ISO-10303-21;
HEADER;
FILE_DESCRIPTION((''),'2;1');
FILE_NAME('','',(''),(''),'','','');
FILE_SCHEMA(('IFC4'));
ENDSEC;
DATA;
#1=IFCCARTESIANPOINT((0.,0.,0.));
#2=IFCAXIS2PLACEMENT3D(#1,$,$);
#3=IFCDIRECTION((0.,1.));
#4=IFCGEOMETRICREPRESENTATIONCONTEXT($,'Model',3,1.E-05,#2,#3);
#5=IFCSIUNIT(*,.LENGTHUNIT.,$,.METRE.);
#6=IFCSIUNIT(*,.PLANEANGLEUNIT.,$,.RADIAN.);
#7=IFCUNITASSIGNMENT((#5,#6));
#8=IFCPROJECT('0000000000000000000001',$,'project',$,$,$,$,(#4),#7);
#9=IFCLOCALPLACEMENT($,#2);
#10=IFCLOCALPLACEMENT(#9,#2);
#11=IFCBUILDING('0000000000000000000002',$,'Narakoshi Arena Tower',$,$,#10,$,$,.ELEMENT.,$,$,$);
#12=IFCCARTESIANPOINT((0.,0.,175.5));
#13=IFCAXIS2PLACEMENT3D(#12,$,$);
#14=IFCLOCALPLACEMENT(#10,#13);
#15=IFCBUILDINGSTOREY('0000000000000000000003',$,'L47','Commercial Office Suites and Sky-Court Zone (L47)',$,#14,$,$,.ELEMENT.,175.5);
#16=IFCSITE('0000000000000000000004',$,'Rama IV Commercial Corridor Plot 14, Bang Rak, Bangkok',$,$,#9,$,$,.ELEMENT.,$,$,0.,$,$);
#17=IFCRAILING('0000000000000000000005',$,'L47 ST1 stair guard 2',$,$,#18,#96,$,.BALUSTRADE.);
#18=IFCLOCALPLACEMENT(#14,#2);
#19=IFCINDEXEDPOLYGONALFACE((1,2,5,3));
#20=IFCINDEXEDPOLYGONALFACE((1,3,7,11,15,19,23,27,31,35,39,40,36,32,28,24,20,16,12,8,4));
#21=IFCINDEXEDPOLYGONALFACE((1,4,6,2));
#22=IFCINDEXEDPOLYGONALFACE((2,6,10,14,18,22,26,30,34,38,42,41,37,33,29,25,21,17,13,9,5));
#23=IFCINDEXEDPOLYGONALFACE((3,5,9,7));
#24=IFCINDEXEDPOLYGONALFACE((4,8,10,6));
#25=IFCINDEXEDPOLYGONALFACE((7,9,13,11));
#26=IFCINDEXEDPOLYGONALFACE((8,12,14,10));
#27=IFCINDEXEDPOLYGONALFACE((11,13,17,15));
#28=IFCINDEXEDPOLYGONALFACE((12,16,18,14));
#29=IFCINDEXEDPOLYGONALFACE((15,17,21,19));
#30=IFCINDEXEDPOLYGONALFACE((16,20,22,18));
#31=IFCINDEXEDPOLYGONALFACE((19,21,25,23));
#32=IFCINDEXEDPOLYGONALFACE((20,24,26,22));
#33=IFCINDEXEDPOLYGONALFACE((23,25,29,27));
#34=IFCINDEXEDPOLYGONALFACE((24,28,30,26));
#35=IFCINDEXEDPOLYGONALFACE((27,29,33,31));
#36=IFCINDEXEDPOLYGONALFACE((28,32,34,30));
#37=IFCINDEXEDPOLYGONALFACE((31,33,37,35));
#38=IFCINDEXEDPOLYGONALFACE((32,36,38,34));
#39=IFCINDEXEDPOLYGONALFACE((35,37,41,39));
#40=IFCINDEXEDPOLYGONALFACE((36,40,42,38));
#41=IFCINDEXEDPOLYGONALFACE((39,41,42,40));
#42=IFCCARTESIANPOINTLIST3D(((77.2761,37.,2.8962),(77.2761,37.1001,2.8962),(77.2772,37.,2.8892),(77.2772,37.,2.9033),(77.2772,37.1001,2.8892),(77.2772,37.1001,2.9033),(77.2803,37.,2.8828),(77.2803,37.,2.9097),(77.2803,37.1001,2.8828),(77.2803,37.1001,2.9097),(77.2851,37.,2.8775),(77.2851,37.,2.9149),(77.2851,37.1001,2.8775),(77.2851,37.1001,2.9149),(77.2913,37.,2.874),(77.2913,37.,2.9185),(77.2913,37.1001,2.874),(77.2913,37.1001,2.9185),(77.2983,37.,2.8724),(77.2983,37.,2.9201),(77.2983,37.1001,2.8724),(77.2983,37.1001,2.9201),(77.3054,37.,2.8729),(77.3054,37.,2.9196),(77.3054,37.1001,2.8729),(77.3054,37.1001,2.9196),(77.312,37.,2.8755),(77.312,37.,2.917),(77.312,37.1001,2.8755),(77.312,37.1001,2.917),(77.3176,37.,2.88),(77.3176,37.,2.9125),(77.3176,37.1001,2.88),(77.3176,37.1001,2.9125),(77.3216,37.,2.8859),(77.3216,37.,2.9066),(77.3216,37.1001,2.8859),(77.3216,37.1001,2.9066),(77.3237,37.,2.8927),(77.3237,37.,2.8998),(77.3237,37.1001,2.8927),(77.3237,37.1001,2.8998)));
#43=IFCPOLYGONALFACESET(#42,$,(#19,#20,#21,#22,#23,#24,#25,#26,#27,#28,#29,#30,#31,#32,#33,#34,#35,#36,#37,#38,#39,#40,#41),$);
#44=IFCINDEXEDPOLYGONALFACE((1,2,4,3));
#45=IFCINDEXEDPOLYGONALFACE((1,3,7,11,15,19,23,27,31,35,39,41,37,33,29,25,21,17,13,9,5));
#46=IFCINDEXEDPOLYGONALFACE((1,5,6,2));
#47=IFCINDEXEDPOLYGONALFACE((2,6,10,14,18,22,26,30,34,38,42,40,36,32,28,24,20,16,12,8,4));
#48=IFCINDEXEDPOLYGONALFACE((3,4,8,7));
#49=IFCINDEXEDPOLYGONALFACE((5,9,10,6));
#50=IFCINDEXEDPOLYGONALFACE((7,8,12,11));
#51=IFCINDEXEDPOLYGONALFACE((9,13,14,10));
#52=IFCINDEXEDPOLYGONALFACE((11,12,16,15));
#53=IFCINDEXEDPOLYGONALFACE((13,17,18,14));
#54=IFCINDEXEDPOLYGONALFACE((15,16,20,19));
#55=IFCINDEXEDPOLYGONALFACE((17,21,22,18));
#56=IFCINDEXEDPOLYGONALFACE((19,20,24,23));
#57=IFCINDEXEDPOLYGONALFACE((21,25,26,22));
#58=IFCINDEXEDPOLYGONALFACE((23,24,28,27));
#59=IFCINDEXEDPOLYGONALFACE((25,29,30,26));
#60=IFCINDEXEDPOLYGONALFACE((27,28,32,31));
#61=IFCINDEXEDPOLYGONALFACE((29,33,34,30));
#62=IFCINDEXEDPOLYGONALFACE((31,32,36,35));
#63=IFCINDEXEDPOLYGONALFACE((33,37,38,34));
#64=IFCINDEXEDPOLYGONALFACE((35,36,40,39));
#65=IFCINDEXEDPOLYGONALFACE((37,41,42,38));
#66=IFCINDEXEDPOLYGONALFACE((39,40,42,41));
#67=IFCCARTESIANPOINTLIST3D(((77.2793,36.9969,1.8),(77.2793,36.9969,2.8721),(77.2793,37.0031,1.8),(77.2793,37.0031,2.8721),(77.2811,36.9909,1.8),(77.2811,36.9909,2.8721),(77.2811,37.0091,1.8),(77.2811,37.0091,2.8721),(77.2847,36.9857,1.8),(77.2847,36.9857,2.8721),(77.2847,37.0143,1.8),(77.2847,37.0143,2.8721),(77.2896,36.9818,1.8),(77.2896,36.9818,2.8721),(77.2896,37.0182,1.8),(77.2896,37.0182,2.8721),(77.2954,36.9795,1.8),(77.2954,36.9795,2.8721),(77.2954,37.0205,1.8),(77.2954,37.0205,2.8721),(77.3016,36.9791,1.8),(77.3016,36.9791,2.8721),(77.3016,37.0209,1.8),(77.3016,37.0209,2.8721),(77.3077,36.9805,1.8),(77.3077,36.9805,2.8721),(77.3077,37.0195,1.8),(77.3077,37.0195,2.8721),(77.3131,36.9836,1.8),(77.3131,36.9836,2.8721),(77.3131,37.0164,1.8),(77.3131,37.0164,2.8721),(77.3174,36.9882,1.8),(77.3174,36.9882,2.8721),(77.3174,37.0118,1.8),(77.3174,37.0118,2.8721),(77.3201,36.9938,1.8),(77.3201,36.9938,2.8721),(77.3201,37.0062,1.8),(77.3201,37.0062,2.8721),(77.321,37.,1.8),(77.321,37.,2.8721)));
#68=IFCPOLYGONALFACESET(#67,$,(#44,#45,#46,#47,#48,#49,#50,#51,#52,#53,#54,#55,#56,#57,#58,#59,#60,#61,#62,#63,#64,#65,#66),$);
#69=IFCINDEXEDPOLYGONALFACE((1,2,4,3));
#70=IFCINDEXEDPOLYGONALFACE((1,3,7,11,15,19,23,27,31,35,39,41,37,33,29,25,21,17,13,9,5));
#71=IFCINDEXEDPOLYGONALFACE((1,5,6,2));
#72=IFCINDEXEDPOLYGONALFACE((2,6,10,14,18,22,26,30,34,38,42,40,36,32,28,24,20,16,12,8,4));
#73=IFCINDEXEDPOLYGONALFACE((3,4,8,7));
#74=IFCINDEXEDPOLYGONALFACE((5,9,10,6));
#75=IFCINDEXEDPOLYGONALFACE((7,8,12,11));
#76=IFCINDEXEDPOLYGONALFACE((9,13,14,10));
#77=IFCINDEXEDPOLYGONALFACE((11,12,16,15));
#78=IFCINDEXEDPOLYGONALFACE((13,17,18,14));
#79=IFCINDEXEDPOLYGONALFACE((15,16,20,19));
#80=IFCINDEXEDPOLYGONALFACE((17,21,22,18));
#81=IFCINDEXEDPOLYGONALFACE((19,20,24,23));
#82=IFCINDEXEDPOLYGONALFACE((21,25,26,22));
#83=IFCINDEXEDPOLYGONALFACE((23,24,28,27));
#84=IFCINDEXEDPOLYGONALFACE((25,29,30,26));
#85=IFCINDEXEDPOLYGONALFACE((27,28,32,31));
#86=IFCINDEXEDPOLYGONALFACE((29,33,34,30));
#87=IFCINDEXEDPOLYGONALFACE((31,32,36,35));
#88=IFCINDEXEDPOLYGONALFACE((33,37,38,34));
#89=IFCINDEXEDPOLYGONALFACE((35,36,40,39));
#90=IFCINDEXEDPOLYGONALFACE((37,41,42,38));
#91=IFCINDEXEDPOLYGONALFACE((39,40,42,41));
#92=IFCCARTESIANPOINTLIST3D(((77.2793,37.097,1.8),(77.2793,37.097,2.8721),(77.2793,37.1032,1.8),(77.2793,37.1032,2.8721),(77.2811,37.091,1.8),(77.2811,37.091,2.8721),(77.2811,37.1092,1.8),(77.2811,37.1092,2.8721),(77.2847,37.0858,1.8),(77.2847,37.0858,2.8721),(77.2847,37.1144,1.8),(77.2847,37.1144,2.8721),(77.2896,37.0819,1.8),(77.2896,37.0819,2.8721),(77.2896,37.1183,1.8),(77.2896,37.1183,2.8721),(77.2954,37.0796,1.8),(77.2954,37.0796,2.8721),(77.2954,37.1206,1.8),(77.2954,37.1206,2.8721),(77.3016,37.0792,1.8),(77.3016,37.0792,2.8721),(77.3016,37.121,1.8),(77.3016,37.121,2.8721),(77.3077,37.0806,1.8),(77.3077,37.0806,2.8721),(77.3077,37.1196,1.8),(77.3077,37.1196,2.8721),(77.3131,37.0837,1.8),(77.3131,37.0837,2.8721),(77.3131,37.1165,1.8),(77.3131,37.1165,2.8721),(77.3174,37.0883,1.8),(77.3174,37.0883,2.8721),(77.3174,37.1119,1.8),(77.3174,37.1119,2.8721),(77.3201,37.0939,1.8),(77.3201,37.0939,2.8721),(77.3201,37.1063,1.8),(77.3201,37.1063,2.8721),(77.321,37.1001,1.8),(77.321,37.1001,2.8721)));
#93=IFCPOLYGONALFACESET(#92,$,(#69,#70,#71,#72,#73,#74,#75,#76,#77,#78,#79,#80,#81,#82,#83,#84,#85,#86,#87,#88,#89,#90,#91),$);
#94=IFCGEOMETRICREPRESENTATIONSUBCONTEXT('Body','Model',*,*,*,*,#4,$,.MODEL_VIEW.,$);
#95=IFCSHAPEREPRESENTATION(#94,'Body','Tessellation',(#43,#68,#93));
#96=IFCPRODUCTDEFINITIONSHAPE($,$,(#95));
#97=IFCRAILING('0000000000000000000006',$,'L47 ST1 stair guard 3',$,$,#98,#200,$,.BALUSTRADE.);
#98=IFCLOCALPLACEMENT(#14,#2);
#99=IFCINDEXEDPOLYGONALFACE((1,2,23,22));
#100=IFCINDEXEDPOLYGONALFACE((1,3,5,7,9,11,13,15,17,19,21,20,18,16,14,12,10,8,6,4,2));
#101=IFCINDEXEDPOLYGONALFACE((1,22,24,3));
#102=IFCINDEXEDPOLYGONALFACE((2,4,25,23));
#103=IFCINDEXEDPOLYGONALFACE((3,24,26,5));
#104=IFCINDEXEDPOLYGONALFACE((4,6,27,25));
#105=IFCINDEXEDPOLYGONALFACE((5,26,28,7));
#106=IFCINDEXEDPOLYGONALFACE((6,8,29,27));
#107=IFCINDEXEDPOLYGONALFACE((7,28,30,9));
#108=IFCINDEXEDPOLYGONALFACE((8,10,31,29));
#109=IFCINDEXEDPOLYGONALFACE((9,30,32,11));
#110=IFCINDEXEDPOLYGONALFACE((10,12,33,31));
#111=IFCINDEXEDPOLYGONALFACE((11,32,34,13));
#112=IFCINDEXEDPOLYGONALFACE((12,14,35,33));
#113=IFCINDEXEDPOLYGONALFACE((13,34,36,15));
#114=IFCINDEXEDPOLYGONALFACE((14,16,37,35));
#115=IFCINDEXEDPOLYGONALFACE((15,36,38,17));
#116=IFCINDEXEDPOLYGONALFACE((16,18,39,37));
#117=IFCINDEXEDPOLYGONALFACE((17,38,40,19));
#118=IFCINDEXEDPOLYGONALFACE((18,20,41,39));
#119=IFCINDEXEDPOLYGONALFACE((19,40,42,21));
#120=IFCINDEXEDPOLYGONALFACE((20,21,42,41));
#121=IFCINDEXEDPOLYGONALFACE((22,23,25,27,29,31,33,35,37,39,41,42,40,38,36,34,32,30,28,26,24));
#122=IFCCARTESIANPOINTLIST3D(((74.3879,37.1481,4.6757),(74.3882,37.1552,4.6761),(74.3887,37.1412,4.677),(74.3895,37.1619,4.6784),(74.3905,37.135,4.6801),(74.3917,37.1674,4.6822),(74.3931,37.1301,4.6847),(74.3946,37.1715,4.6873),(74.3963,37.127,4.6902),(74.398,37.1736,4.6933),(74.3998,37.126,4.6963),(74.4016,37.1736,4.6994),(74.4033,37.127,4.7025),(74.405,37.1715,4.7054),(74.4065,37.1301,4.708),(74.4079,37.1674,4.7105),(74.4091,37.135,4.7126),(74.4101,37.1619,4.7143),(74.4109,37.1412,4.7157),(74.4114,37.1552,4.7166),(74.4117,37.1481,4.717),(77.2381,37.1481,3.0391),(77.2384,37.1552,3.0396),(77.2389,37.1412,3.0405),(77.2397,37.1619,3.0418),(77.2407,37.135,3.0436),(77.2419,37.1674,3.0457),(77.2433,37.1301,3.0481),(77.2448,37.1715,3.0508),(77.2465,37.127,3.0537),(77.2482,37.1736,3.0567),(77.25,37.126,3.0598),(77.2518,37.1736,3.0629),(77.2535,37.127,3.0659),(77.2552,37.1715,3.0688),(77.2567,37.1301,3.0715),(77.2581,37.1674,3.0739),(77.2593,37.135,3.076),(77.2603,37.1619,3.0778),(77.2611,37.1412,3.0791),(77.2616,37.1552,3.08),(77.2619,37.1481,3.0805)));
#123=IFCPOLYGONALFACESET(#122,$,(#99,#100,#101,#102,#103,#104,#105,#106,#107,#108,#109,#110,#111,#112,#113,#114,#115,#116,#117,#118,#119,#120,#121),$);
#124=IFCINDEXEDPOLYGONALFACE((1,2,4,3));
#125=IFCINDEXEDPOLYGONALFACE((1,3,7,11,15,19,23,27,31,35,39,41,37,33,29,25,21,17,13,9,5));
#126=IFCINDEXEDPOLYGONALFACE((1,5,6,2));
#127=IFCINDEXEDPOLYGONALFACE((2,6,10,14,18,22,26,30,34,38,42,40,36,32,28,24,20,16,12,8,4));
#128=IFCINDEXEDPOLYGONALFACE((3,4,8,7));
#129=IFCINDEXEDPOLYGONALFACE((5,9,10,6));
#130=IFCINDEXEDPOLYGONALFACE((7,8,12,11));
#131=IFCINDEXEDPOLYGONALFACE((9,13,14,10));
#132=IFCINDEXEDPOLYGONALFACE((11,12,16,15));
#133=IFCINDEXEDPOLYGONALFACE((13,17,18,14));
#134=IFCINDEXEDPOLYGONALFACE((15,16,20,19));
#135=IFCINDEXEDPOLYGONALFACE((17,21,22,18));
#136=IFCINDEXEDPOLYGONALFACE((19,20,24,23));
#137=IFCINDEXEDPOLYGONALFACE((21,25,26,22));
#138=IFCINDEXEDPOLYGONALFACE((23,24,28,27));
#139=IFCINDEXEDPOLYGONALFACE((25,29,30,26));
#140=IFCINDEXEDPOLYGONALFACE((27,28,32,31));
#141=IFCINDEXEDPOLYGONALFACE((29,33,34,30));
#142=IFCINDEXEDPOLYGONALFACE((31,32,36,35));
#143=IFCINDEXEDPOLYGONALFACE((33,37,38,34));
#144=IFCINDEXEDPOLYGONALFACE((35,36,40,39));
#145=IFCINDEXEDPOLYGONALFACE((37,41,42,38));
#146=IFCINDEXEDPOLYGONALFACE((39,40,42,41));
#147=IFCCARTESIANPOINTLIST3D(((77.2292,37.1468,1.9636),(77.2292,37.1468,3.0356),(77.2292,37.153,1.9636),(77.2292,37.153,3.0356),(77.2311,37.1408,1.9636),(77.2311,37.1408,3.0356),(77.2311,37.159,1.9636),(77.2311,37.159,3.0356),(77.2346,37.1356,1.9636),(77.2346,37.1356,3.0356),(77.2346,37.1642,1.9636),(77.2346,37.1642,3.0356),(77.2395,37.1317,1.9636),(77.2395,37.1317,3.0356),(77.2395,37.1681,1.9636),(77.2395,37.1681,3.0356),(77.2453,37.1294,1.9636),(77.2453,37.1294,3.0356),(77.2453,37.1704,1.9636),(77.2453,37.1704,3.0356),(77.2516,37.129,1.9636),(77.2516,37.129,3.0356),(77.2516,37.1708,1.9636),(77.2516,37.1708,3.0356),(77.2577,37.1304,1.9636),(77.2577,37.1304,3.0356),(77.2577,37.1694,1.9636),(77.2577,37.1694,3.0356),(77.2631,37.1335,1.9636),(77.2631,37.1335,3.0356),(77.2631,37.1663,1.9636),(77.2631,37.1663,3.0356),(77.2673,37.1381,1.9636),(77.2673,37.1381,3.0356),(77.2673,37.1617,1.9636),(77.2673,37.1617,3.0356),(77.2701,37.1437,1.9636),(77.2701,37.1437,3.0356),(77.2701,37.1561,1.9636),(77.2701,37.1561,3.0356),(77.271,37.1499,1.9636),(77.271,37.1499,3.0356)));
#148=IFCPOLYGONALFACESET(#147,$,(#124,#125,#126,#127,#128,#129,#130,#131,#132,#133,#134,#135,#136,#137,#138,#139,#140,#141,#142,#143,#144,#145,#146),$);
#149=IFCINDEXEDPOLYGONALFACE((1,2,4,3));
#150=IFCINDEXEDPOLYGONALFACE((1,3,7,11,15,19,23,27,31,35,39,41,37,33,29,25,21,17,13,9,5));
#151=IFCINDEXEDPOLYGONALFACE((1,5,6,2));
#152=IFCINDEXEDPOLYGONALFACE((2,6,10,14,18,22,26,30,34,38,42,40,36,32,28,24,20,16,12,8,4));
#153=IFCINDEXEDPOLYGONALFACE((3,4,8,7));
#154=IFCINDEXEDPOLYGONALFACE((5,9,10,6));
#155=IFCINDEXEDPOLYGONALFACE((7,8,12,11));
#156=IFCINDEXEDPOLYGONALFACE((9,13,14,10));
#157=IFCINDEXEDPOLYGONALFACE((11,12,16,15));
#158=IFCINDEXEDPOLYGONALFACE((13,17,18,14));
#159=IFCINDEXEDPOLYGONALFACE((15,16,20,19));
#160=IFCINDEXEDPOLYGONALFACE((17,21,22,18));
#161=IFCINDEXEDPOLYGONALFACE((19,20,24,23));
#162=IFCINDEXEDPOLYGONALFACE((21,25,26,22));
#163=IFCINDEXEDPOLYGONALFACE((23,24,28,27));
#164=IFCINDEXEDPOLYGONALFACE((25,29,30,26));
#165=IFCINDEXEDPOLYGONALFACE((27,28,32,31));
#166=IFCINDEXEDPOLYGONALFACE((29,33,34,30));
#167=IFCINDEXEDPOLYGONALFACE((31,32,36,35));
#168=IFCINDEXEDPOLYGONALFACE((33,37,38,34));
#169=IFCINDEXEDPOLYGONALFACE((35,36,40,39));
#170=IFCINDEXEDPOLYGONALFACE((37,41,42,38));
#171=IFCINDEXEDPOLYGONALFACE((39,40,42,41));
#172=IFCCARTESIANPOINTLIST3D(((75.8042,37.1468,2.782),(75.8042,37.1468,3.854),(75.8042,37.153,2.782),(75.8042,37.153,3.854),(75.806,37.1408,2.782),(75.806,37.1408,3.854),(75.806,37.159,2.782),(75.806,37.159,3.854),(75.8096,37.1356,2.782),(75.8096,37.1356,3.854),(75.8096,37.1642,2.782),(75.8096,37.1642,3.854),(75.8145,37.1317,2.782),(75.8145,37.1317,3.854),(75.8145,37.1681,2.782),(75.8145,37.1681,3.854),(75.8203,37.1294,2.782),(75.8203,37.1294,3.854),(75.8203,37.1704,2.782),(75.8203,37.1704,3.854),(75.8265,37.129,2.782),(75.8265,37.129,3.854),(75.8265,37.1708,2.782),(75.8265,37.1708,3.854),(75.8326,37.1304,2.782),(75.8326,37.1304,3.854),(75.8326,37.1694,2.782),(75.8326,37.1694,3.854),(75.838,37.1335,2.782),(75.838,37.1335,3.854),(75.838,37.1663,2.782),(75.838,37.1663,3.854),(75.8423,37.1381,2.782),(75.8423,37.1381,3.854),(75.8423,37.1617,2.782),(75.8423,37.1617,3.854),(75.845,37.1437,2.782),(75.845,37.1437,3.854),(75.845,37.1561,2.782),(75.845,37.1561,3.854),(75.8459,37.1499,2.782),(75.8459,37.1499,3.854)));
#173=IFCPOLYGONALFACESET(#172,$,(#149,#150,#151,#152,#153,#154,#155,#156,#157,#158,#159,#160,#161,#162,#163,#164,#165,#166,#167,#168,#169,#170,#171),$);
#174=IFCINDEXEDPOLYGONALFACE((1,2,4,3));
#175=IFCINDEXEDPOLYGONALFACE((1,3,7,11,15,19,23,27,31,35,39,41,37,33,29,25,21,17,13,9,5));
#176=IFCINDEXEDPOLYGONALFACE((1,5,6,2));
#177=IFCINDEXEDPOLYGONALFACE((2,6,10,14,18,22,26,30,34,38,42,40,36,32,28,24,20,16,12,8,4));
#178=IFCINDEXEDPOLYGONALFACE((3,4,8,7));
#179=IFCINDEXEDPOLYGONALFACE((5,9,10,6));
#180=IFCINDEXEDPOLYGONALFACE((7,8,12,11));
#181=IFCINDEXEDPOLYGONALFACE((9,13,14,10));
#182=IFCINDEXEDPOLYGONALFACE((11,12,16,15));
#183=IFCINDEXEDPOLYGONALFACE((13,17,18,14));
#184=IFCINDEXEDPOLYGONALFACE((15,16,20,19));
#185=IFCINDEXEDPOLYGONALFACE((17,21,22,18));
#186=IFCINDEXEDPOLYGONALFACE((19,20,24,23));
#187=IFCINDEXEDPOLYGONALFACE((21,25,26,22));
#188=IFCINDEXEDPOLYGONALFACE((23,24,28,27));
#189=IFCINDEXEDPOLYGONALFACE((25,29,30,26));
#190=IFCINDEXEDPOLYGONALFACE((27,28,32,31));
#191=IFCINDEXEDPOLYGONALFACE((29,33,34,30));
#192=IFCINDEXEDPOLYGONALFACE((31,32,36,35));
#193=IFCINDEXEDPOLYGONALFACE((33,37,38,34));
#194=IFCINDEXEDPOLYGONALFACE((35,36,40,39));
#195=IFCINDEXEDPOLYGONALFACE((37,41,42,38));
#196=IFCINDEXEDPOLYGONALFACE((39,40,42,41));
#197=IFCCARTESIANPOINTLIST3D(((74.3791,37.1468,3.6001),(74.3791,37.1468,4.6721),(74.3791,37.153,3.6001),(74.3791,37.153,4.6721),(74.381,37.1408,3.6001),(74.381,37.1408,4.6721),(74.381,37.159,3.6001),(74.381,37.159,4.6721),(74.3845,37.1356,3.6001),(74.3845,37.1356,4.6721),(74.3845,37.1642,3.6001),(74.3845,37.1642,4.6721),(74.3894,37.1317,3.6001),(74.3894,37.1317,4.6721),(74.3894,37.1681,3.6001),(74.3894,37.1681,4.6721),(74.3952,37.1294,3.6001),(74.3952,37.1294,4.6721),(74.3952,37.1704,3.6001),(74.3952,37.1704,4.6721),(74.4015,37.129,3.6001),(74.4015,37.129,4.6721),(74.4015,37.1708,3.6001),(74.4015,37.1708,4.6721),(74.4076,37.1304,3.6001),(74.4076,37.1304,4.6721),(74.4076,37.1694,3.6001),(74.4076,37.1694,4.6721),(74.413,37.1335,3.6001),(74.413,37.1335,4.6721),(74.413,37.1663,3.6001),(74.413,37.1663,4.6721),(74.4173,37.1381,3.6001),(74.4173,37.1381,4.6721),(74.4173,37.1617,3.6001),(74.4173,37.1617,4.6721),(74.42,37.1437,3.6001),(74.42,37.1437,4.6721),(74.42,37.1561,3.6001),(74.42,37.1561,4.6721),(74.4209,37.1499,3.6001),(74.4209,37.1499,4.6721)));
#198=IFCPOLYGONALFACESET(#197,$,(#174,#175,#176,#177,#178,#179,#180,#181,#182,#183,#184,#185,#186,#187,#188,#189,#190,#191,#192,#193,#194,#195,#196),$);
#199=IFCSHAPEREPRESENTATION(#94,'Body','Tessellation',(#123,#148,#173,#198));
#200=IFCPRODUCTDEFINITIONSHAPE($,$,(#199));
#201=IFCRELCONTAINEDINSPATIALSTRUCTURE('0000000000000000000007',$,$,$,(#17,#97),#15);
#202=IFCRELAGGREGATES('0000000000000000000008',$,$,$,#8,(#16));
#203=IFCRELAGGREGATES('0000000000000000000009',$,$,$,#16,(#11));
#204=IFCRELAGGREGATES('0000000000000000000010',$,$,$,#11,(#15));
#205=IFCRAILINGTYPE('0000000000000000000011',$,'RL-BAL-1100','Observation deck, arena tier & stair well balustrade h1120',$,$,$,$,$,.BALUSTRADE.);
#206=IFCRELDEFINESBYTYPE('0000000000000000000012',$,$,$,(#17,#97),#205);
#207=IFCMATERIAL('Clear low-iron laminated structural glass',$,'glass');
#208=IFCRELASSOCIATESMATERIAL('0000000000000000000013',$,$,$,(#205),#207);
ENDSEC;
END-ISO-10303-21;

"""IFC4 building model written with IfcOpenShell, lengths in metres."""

from ifc_helpers import new_model, si_unit, direction, frame, origin, origin_2d, place, context, subcontext, project, spatial, circle, extrude, material, type_object, element, save


model = new_model("IFC4")

# Units and contexts
model_context = context("Model", 3, precision=1e-05, world=origin(), true_north=direction((0.0, 1.0)))
body_context = subcontext(model_context, "Body", "Model", "MODEL_VIEW")
ifc_project = project(units=[si_unit("LENGTHUNIT", "METRE"), si_unit("PLANEANGLEUNIT", "RADIAN")], contexts=[model_context])

# Site, building, storey
site_placement = place(None, origin())
site = spatial("IfcSite", under=ifc_project, at=site_placement, Name="Rama IV Commercial Corridor Plot 14, Bang Rak, Bangkok", CompositionType="ELEMENT", RefElevation=0.0)
building_placement = place(site_placement, origin())
building = spatial("IfcBuilding", under=site, at=building_placement, Name="Narakoshi Arena Tower", CompositionType="ELEMENT")
storey_placement = place(building_placement, frame((0.0, 0.0, 175.5)))
storey = spatial("IfcBuildingStorey", under=building, at=storey_placement, Name="L47", Description="Commercial Office Suites and Sky-Court Zone (L47)", CompositionType="ELEMENT", Elevation=175.5)

# Railings
ifc_material_1 = material(Name="Clear low-iron laminated structural glass", Category="glass")
railing_type_1 = type_object("IfcRailingType", Name="RL-BAL-1100", Description="Observation deck, arena tier & stair well balustrade h1120", PredefinedType="BALUSTRADE", material=ifc_material_1)
railing_1_placement = place(storey_placement, frame((77.3, 37.0, 1.8)))
element("IfcRailing", 1, at=railing_1_placement, inside=storey, type_object=railing_type_1, Name="L47 ST1 stair guard 2", PredefinedType="BALUSTRADE", context=body_context, shape_type="SweptSolid", body=[
    extrude(circle(Radius=0.0239, at=origin_2d()), frame((0.0, 0.0, 1.0962), z_axis=(0.0, 1.0, 0.0), x_axis=(-1.0, 0.0, 0.0)), (0.0, 0.0, 1.0), 0.1001),
    extrude(circle(Radius=0.021, at=origin_2d()), origin(), (0.0, 0.0, 1.0), 1.072),
    extrude(circle(Radius=0.021, at=origin_2d()), frame((0.0, 0.1001, 0.0)), (0.0, 0.0, 1.0), 1.072),
])
railing_2_placement = place(storey_placement, frame((77.25, 37.1499, 1.9636)))
element("IfcRailing", 2, at=railing_2_placement, inside=storey, type_object=railing_type_1, Name="L47 ST1 stair guard 3", PredefinedType="BALUSTRADE", context=body_context, shape_type="SweptSolid", body=[
    extrude(circle(Radius=0.0239, at=origin_2d()), frame((0.0, 0.0, 1.0962), z_axis=(-0.867213, 0.0, 0.497938), x_axis=(0.0, -1.0, 0.0)), (0.0, 0.0, 1.0), 3.2866),
    extrude(circle(Radius=0.021, at=origin_2d()), origin(), (0.0, 0.0, 1.0), 1.072),
    extrude(circle(Radius=0.021, at=origin_2d()), frame((-1.425, 0.0, 0.8184)), (0.0, 0.0, 1.0), 1.072),
    extrude(circle(Radius=0.021, at=origin_2d()), frame((-2.8501, 0.0, 1.6365)), (0.0, 0.0, 1.0), 1.072),
])

save(model, "model.ifc")
